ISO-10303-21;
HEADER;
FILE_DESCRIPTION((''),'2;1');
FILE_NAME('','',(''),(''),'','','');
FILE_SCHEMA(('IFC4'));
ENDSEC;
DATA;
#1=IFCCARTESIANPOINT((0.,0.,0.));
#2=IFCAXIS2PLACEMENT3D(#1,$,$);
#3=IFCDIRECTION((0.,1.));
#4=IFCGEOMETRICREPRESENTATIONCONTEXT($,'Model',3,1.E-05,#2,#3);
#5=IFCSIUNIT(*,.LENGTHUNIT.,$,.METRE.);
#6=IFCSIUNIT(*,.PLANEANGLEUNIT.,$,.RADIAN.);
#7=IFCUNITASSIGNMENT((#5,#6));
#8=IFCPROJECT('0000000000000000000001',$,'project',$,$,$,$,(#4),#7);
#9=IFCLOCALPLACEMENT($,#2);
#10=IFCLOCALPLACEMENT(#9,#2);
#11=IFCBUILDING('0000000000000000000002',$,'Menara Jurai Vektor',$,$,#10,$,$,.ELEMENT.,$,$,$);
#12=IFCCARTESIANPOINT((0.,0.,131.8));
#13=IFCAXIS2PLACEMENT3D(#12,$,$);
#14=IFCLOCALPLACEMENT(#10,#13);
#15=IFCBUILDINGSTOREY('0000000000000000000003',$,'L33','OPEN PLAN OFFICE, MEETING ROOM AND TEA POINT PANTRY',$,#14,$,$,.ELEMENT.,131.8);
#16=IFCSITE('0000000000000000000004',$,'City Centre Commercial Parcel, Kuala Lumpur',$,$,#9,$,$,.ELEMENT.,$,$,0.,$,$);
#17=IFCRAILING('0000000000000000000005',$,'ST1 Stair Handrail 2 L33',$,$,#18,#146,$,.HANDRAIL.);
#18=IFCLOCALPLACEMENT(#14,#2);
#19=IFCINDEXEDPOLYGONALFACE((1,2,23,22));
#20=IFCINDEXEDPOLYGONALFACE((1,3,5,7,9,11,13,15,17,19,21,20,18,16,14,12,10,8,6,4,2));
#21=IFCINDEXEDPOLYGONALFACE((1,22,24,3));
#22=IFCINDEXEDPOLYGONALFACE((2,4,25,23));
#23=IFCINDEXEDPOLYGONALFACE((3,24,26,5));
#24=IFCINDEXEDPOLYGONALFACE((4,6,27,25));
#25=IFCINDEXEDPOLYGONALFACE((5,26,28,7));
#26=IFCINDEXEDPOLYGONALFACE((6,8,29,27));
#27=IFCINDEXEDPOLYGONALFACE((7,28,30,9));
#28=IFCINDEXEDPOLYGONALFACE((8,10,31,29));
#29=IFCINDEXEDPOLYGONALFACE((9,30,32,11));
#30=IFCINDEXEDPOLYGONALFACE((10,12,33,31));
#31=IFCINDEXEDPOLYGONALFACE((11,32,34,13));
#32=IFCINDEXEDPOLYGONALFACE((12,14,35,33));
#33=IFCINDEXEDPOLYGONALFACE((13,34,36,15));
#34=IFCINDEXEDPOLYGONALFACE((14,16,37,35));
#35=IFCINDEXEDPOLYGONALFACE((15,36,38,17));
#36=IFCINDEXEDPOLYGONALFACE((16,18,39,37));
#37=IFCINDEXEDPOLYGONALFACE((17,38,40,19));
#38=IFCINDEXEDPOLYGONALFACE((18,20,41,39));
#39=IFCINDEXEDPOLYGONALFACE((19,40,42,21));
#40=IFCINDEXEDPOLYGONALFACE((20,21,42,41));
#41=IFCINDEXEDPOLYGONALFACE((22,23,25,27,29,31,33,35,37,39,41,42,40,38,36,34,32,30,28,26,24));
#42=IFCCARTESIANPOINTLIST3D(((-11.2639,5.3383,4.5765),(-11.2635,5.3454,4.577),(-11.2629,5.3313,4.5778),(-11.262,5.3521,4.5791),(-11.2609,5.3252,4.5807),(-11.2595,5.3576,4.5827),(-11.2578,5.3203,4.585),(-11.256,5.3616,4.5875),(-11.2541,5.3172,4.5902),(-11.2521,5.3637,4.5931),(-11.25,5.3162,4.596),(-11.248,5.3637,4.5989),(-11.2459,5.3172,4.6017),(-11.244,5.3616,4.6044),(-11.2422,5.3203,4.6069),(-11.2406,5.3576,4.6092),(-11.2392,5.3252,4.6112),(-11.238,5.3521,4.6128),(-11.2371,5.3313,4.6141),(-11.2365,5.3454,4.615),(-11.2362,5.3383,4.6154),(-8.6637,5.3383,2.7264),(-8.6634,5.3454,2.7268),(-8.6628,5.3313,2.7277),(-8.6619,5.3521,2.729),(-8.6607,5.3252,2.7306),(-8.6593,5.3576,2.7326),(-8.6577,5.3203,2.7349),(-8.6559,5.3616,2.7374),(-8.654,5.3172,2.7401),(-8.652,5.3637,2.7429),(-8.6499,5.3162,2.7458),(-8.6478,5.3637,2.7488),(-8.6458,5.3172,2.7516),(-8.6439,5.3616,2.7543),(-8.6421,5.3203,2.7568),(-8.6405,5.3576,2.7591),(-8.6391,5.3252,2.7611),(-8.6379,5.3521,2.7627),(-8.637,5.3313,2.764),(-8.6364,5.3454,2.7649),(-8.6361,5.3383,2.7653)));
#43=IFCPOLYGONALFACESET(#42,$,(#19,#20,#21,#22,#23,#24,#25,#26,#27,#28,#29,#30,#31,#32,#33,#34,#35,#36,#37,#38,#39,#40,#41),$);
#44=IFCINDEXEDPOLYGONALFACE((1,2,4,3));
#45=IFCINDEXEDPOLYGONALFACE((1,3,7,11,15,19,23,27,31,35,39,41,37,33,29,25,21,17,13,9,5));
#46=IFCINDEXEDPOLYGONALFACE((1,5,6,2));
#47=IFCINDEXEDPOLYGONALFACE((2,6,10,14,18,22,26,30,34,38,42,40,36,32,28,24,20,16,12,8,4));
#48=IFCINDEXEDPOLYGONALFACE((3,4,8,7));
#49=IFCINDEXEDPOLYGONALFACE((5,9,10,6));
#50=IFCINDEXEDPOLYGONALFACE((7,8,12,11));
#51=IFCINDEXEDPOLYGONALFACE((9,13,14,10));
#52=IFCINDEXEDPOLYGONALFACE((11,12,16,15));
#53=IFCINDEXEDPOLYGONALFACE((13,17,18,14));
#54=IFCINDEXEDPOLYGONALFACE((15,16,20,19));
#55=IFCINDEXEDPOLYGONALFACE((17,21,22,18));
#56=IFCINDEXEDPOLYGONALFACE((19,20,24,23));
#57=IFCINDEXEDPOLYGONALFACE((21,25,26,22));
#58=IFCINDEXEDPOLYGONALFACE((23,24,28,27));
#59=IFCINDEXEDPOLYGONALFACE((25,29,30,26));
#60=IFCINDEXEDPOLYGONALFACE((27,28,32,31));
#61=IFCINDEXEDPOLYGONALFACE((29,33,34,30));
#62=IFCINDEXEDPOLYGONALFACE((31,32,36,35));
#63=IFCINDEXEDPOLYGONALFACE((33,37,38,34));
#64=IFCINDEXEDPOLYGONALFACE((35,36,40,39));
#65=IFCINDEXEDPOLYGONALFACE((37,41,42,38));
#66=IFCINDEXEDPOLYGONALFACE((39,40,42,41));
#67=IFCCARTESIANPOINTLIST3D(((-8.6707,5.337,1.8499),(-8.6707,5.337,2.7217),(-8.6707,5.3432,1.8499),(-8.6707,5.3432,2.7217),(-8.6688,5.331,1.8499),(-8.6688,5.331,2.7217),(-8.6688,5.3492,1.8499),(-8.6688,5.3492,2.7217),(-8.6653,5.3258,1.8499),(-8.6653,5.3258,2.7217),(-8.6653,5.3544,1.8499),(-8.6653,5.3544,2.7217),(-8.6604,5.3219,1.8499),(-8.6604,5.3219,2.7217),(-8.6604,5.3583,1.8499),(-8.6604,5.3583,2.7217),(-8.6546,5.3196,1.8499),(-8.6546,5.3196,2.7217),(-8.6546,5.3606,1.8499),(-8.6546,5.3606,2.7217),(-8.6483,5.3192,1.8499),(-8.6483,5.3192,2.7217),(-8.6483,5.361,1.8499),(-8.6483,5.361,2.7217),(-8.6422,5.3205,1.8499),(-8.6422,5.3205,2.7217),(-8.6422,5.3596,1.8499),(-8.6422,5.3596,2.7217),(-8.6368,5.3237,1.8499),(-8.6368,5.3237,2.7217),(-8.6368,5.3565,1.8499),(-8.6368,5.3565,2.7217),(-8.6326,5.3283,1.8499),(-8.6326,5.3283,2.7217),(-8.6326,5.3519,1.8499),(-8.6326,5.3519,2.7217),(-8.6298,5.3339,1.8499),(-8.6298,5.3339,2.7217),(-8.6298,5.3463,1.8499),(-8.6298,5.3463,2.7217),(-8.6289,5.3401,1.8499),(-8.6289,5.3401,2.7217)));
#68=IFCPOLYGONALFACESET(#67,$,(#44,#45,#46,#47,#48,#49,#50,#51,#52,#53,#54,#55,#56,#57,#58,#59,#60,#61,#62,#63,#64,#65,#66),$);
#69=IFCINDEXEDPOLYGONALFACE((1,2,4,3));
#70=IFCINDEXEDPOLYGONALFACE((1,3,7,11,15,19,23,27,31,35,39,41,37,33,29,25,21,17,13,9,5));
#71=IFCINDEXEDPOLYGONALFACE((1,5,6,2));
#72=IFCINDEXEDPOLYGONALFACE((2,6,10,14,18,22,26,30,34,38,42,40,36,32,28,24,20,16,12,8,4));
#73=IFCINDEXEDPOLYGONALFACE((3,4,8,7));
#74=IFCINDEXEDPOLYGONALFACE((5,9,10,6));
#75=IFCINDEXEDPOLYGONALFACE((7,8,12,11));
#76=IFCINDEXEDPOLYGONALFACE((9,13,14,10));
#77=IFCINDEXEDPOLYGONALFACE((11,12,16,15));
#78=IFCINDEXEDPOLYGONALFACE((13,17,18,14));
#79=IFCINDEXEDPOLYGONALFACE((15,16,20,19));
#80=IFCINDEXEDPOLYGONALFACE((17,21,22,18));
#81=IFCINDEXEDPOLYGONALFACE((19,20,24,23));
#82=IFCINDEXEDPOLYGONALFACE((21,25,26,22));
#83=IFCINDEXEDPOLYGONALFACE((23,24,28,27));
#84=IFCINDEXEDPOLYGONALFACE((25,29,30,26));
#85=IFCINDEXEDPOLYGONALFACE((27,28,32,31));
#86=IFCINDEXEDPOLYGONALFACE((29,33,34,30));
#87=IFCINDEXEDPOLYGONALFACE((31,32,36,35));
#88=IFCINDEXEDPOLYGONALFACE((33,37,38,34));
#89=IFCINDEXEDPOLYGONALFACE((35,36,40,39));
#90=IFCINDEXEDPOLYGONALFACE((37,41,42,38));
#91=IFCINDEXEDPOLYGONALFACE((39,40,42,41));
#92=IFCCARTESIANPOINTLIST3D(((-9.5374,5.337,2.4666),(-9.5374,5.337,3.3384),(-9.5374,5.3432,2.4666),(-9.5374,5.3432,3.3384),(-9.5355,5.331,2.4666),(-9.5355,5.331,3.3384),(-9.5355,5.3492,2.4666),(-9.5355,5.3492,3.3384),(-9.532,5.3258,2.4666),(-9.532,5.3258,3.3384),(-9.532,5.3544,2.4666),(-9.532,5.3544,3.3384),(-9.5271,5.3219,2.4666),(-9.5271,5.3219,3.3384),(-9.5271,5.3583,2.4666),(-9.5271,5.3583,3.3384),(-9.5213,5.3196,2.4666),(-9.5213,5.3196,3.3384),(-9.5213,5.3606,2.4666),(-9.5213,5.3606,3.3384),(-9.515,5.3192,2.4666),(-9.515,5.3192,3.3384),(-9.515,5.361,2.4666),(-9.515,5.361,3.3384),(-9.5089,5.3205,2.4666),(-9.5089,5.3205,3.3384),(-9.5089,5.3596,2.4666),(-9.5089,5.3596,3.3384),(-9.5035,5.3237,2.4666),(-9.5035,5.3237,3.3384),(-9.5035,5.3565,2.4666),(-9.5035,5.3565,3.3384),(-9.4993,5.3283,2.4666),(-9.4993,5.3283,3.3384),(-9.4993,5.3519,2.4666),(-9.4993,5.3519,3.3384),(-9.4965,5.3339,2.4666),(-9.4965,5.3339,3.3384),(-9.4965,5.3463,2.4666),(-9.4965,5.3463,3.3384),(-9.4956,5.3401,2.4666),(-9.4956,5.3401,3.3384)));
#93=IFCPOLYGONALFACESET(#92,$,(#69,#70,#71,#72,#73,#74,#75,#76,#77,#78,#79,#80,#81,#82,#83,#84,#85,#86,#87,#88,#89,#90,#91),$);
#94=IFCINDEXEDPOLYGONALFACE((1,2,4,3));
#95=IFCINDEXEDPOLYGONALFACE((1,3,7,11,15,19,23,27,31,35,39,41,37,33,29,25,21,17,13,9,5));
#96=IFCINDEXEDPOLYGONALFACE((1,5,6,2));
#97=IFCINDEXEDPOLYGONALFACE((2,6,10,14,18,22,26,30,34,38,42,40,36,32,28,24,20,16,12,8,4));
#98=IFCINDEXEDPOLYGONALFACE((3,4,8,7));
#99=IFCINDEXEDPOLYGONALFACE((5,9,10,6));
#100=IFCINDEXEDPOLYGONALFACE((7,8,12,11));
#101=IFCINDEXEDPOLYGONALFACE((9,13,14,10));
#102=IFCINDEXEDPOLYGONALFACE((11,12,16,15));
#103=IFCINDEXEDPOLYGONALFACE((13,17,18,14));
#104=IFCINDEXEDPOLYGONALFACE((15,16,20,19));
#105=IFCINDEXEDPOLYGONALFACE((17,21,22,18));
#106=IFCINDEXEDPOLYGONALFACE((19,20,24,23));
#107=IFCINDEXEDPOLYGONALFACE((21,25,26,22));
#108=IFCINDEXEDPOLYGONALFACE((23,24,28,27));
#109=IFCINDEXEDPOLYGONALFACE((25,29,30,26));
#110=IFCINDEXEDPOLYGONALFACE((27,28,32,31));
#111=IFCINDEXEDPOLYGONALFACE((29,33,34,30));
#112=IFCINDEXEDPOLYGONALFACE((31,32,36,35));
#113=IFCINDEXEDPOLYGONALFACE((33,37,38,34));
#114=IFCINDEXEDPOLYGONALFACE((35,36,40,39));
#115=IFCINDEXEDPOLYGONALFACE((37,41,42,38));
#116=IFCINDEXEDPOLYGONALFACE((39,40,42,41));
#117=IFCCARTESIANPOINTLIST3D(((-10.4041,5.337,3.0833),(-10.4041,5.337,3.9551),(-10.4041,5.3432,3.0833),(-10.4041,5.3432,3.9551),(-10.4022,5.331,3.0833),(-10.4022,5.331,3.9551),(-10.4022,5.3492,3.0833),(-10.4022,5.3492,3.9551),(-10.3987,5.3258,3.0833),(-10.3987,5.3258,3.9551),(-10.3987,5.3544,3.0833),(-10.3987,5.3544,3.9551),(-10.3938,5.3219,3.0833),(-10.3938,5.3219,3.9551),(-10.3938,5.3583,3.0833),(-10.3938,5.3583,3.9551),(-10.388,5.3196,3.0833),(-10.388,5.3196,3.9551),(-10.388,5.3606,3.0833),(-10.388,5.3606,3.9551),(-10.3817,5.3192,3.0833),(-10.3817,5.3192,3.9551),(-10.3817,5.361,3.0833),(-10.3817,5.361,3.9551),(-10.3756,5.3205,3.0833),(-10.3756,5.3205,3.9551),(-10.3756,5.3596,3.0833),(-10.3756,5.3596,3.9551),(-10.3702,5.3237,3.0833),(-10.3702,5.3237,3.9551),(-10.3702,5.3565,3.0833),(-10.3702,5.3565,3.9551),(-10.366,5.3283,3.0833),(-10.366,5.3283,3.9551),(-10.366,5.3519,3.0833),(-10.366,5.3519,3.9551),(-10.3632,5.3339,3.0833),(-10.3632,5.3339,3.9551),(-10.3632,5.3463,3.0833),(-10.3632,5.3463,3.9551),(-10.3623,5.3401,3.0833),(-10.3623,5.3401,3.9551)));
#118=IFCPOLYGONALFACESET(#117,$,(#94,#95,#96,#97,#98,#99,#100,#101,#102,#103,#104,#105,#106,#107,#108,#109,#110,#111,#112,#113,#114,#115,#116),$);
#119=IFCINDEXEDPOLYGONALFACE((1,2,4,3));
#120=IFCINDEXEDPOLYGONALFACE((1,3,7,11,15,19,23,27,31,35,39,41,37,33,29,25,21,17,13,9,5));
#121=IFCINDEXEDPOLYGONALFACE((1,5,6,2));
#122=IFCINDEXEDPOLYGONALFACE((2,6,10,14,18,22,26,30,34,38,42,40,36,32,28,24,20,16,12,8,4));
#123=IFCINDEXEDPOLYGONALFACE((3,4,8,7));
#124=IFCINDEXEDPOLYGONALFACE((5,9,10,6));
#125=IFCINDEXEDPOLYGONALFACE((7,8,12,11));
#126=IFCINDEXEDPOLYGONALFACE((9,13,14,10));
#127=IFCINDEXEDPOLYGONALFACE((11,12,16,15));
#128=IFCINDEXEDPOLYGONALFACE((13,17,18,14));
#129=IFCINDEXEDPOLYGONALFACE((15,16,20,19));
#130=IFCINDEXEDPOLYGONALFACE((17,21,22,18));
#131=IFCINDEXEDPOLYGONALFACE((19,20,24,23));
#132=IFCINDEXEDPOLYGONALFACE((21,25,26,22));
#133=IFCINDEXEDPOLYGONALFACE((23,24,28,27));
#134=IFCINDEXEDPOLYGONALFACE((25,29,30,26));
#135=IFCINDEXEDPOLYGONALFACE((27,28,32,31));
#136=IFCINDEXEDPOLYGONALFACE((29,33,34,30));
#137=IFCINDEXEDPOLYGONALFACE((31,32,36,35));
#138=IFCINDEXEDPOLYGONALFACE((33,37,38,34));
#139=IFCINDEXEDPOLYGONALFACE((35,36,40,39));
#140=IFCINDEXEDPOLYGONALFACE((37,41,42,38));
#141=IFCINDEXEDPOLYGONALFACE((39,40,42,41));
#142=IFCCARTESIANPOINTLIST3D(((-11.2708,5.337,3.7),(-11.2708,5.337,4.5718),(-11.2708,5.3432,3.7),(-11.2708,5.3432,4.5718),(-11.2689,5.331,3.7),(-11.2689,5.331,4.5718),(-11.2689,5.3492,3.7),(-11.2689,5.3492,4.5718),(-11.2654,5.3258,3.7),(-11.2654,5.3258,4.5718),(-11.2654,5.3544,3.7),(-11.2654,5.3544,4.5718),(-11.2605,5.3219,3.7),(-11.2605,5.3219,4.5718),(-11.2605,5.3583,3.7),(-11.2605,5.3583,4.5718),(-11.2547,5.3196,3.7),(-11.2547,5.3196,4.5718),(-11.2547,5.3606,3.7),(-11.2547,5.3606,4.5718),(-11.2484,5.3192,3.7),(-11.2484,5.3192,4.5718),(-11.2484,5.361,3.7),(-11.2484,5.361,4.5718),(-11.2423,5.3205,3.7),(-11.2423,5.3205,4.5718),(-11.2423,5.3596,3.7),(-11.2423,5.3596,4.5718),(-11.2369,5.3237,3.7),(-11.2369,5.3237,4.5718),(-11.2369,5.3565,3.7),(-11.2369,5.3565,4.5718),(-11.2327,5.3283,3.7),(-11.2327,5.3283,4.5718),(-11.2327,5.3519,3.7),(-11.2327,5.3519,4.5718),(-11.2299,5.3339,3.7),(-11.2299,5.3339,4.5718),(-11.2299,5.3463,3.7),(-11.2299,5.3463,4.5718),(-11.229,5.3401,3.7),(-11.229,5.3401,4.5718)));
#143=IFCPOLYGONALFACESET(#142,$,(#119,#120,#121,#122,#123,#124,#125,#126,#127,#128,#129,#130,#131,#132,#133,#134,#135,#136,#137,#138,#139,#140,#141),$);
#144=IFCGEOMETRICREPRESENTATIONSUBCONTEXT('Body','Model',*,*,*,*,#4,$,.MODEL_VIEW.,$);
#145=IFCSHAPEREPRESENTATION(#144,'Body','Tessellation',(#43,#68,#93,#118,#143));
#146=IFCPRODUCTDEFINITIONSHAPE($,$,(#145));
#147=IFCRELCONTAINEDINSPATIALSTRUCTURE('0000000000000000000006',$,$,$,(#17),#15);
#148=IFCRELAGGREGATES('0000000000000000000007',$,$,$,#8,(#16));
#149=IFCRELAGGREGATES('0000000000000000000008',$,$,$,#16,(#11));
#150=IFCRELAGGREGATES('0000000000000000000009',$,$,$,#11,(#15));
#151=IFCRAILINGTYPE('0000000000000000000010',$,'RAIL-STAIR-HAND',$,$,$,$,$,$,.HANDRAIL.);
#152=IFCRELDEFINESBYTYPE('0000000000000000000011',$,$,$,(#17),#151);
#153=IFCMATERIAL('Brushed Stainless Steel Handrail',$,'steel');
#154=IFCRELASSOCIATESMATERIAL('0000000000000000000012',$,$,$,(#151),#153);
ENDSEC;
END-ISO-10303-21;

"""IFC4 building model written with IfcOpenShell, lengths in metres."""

from ifc_helpers import new_model, si_unit, direction, frame, origin, origin_2d, place, context, subcontext, project, spatial, circle, extrude, material, type_object, element, save


model = new_model("IFC4")

# Units and contexts
model_context = context("Model", 3, precision=1e-05, world=origin(), true_north=direction((0.0, 1.0)))
body_context = subcontext(model_context, "Body", "Model", "MODEL_VIEW")
ifc_project = project(units=[si_unit("LENGTHUNIT", "METRE"), si_unit("PLANEANGLEUNIT", "RADIAN")], contexts=[model_context])

# Site, building, storey
site_placement = place(None, origin())
site = spatial("IfcSite", under=ifc_project, at=site_placement, Name="City Centre Commercial Parcel, Kuala Lumpur", CompositionType="ELEMENT", RefElevation=0.0)
building_placement = place(site_placement, origin())
building = spatial("IfcBuilding", under=site, at=building_placement, Name="Menara Jurai Vektor", CompositionType="ELEMENT")
storey_placement = place(building_placement, frame((0.0, 0.0, 131.8)))
storey = spatial("IfcBuildingStorey", under=building, at=storey_placement, Name="L33", Description="OPEN PLAN OFFICE, MEETING ROOM AND TEA POINT PANTRY", CompositionType="ELEMENT", Elevation=131.8)

# Railing
ifc_material_1 = material(Name="Brushed Stainless Steel Handrail", Category="steel")
railing_type_1 = type_object("IfcRailingType", Name="RAIL-STAIR-HAND", PredefinedType="HANDRAIL", material=ifc_material_1)
railing_1_placement = place(storey_placement, frame((-8.6499, 5.3401, 1.8499)))
element("IfcRailing", 1, at=railing_1_placement, inside=storey, type_object=railing_type_1, Name="ST1 Stair Handrail 2 L33", PredefinedType="HANDRAIL", context=body_context, shape_type="SweptSolid", body=[
    extrude(circle(Radius=0.0239, at=origin_2d()), frame((0.0, 0.0, 0.896), z_axis=(-0.814787, 0.0, 0.579761), x_axis=(0.0, -1.0, 0.0)), (0.0, 0.0, 1.0), 3.1912),
    extrude(circle(Radius=0.021, at=origin_2d()), origin(), (0.0, 0.0, 1.0), 0.8718),
    extrude(circle(Radius=0.021, at=origin_2d()), frame((-0.8667, 0.0, 0.6167)), (0.0, 0.0, 1.0), 0.8718),
    extrude(circle(Radius=0.021, at=origin_2d()), frame((-1.7334, 0.0, 1.2334)), (0.0, 0.0, 1.0), 0.8718),
    extrude(circle(Radius=0.021, at=origin_2d()), frame((-2.6001, 0.0, 1.8501)), (0.0, 0.0, 1.0), 0.8718),
])

save(model, "model.ifc")
